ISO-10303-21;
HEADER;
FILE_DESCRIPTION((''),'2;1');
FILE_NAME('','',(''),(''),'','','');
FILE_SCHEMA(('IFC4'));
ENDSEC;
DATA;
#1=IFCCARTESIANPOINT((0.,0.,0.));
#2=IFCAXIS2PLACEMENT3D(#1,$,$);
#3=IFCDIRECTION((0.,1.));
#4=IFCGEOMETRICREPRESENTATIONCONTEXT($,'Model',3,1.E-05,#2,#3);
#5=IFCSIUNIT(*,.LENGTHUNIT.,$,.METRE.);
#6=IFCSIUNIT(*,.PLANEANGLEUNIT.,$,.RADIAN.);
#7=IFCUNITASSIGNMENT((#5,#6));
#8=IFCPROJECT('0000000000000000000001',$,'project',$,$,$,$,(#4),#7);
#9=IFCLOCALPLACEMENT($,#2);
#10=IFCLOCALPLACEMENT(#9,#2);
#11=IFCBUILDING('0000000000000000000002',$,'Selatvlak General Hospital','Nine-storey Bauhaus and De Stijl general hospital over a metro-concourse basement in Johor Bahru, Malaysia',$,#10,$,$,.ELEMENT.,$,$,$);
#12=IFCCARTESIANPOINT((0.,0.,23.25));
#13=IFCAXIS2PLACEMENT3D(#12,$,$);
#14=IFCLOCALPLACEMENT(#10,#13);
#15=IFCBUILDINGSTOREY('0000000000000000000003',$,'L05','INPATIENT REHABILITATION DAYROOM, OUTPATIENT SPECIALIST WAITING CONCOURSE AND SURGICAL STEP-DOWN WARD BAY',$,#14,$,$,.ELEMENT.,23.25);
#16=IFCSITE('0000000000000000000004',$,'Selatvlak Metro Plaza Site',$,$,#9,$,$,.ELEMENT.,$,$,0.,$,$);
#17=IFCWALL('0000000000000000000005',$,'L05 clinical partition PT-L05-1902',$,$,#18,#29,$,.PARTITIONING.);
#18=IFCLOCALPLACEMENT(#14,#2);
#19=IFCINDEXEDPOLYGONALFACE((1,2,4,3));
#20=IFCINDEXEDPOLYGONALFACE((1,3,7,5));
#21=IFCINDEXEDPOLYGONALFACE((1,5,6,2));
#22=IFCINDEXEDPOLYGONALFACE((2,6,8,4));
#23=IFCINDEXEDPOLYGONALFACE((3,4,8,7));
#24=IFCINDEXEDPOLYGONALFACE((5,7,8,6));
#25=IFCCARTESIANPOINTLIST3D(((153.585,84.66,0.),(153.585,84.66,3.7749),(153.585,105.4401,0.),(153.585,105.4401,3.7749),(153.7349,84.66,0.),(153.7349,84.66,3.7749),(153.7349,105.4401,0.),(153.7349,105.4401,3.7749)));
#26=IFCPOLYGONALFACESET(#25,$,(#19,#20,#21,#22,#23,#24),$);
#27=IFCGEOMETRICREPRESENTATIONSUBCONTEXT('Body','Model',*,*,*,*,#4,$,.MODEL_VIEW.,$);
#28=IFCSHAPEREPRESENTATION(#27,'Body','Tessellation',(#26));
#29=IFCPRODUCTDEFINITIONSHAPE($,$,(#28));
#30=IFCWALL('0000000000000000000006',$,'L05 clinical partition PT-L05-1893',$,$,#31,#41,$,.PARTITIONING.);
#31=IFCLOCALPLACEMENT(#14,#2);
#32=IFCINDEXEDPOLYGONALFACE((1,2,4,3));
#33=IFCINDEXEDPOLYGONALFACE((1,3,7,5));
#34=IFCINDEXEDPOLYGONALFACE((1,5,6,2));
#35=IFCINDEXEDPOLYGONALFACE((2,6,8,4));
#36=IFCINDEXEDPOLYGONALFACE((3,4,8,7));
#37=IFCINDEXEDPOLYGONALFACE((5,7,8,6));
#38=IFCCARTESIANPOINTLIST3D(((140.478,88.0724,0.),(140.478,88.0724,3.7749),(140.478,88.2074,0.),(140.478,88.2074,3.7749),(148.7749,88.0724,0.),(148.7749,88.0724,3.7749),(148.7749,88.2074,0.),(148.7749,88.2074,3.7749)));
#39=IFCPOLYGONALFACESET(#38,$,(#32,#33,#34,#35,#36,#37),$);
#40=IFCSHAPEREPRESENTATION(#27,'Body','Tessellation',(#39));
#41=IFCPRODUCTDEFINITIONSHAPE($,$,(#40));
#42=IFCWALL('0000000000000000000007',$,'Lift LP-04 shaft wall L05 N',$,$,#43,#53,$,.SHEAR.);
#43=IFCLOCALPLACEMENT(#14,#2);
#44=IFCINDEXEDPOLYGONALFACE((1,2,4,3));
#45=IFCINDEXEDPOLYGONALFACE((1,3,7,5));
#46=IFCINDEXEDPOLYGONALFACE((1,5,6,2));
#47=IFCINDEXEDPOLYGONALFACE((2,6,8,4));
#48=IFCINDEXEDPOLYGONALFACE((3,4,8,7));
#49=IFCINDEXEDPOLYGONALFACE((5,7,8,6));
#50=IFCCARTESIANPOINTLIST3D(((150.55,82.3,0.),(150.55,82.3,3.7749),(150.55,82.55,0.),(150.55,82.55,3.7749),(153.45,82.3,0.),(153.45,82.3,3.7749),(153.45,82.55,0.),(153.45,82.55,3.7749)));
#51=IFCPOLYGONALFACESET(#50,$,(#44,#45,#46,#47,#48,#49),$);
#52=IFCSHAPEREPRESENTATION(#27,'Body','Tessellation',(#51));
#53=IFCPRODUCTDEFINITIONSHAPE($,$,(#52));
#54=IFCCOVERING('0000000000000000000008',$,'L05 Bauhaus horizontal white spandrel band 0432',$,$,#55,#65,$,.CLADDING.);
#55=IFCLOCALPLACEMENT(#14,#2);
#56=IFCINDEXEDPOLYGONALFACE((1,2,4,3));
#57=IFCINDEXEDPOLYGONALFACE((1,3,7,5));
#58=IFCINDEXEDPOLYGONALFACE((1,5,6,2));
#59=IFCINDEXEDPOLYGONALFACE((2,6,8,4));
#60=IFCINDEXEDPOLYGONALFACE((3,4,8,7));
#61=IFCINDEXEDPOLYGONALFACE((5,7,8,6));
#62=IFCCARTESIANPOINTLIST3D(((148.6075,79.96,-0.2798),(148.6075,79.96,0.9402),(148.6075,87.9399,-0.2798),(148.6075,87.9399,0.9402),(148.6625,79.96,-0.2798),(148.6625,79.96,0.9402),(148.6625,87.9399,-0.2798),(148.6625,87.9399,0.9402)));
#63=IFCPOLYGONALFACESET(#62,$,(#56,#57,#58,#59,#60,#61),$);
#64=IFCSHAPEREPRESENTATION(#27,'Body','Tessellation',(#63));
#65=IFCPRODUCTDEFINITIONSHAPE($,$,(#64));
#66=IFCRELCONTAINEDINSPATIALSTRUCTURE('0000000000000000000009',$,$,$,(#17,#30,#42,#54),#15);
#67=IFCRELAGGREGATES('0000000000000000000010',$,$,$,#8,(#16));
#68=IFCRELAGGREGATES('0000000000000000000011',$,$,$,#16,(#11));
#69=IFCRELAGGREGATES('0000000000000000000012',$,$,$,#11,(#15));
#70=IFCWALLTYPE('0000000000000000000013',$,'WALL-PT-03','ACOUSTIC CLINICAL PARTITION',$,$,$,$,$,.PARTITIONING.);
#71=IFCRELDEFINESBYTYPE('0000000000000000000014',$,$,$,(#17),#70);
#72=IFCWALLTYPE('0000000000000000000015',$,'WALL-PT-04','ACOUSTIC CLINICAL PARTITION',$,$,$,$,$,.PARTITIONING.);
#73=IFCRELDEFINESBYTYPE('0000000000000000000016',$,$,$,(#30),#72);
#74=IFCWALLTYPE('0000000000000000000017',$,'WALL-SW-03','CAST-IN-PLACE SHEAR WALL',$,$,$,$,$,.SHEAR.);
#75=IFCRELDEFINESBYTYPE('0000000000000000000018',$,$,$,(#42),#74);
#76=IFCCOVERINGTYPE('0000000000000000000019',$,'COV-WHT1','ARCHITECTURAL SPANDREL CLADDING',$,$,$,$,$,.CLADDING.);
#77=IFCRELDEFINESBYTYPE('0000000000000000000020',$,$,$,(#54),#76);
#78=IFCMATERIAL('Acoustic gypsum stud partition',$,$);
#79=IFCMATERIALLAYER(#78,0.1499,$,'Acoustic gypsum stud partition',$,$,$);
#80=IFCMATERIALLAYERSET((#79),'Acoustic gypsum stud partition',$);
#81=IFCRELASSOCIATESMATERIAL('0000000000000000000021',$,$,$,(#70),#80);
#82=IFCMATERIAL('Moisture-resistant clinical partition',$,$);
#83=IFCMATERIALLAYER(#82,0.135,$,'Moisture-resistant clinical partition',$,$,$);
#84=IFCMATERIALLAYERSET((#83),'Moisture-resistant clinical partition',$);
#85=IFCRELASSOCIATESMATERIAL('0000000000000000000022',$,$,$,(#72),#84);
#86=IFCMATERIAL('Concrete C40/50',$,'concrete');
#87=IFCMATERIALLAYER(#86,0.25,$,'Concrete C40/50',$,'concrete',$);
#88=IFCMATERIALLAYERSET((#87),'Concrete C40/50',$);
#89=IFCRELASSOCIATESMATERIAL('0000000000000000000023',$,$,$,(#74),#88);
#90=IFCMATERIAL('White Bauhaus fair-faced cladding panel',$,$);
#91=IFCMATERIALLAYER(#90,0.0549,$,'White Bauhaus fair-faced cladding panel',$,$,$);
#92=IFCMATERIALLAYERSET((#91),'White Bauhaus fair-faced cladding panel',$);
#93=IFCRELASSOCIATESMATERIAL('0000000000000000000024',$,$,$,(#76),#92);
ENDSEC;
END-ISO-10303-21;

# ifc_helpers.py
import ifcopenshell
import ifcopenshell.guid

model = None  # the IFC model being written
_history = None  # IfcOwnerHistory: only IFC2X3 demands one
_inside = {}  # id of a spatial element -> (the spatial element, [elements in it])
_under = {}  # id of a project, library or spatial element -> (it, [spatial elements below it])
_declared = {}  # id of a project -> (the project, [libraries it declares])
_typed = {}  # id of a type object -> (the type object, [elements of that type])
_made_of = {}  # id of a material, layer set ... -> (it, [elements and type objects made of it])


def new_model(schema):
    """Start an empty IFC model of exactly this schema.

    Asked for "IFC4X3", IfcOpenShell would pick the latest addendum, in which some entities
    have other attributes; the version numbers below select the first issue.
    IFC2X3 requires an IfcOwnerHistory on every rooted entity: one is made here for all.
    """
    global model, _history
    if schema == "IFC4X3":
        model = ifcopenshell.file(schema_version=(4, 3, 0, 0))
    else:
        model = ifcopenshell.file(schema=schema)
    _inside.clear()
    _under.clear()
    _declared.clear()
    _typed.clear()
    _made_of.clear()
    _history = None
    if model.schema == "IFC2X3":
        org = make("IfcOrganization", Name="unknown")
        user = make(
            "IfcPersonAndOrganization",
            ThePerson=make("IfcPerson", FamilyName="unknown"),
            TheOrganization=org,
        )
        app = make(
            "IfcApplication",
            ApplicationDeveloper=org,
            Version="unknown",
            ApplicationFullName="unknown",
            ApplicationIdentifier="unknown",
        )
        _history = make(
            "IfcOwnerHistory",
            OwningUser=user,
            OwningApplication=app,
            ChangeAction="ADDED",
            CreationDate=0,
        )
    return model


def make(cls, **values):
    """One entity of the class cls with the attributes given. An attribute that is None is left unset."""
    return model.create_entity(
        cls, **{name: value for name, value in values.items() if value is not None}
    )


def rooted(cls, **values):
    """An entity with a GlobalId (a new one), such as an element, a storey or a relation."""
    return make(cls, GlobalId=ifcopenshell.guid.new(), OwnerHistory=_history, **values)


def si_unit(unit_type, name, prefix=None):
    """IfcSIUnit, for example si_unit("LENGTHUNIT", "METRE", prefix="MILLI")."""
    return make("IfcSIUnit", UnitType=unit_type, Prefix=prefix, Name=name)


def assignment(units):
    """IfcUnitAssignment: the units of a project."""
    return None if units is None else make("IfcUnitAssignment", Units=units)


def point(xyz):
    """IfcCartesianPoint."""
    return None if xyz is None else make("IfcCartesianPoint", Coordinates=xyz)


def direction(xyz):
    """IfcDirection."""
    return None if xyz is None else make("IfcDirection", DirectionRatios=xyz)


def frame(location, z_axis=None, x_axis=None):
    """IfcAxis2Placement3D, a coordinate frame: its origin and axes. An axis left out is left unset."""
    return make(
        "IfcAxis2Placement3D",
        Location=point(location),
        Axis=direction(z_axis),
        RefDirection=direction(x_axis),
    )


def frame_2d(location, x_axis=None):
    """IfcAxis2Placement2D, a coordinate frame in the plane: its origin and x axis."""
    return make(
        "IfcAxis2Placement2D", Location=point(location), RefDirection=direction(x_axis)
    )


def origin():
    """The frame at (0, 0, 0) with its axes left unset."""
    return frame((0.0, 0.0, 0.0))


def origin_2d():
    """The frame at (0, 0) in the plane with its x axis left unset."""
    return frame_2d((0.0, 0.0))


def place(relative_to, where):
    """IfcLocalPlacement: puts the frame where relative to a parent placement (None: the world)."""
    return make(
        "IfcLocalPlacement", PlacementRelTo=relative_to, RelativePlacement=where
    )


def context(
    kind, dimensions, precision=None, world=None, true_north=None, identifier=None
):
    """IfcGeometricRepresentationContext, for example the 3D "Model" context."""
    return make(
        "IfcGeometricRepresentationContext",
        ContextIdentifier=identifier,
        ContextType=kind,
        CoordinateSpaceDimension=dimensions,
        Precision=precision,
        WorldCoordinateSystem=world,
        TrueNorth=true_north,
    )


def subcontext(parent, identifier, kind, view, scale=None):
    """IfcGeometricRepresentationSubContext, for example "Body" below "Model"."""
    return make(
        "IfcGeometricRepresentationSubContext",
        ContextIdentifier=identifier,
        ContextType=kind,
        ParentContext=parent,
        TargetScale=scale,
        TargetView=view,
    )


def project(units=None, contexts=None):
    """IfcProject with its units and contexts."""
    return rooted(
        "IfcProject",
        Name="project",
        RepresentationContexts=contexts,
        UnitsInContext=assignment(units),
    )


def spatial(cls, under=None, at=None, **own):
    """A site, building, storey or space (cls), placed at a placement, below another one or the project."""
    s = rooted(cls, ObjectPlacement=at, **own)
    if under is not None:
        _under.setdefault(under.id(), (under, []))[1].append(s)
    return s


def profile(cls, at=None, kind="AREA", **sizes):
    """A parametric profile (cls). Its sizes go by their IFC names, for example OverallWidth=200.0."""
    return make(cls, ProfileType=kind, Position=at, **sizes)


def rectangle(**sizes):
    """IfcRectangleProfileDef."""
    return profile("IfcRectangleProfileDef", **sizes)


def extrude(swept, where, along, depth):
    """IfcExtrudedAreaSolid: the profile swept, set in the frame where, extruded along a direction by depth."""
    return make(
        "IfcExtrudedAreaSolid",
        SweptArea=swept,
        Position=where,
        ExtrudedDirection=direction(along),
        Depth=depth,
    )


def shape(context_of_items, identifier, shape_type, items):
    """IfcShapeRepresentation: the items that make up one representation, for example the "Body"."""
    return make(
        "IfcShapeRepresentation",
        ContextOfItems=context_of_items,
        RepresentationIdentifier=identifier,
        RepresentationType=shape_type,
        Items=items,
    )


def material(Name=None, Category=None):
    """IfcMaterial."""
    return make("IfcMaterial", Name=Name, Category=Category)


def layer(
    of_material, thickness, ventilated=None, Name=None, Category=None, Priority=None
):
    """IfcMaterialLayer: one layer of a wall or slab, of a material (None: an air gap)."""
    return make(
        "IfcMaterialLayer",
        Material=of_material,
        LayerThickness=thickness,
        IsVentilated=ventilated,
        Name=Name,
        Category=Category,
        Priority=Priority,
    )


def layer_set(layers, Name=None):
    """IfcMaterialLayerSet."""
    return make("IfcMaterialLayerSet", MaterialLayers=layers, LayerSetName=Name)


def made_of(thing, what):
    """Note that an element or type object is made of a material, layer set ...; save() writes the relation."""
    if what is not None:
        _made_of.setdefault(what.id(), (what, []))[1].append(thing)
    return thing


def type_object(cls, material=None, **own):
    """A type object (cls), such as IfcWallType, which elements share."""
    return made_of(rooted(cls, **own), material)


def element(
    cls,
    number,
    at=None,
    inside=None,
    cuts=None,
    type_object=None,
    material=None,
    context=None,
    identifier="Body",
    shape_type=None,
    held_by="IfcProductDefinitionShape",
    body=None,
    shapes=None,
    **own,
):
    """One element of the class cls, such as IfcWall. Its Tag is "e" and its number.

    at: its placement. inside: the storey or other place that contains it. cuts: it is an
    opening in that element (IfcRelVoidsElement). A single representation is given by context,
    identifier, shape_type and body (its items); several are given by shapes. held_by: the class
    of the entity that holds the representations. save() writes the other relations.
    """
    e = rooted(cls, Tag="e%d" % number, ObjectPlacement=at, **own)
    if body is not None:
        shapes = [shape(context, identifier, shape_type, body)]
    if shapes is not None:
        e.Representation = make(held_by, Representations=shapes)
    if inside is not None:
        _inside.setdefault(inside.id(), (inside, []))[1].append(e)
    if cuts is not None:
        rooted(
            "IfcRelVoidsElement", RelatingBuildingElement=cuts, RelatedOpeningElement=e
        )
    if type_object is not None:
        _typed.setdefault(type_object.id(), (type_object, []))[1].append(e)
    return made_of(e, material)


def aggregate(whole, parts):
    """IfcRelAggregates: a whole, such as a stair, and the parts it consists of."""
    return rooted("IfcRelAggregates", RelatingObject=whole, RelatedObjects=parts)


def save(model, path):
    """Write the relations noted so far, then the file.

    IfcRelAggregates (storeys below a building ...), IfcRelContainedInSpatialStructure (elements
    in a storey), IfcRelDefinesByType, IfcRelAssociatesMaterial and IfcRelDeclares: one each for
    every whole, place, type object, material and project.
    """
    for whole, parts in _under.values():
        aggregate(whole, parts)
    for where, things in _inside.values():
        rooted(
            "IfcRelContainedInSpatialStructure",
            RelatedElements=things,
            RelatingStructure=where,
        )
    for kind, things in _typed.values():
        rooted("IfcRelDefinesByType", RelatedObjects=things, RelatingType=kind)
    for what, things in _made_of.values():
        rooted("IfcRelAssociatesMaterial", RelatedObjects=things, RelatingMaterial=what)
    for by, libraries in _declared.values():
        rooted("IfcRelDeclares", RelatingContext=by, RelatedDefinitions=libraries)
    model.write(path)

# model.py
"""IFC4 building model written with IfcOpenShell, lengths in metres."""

from ifc_helpers import new_model, si_unit, direction, frame, frame_2d, origin, origin_2d, place, context, subcontext, project, spatial, rectangle, extrude, material, layer, layer_set, type_object, element, save


model = new_model("IFC4")

# Units and contexts
model_context = context("Model", 3, precision=1e-05, world=origin(), true_north=direction((0.0, 1.0)))
body_context = subcontext(model_context, "Body", "Model", "MODEL_VIEW")
ifc_project = project(units=[si_unit("LENGTHUNIT", "METRE"), si_unit("PLANEANGLEUNIT", "RADIAN")], contexts=[model_context])

# Site, building, storey
site_placement = place(None, origin())
site = spatial("IfcSite", under=ifc_project, at=site_placement, Name="Selatvlak Metro Plaza Site", CompositionType="ELEMENT", RefElevation=0.0)
building_placement = place(site_placement, origin())
building = spatial("IfcBuilding", under=site, at=building_placement, Name="Selatvlak General Hospital", Description="Nine-storey Bauhaus and De Stijl general hospital over a metro-concourse basement in Johor Bahru, Malaysia", CompositionType="ELEMENT")
storey_placement = place(building_placement, frame((0.0, 0.0, 23.25)))
storey = spatial("IfcBuildingStorey", under=building, at=storey_placement, Name="L05", Description="INPATIENT REHABILITATION DAYROOM, OUTPATIENT SPECIALIST WAITING CONCOURSE AND SURGICAL STEP-DOWN WARD BAY", CompositionType="ELEMENT", Elevation=23.25)

# Shared definitions
ifc_material_1 = material(Name="Concrete C40/50", Category="concrete")

# Walls
ifc_material_2 = material(Name="Acoustic gypsum stud partition")
ifc_layer_1 = layer(ifc_material_2, 0.1499, Name="Acoustic gypsum stud partition")
ifc_layer_set_1 = layer_set([ifc_layer_1], Name="Acoustic gypsum stud partition")
wall_type_1 = type_object("IfcWallType", Name="WALL-PT-03", Description="ACOUSTIC CLINICAL PARTITION", PredefinedType="PARTITIONING", material=ifc_layer_set_1)
wall_1_placement = place(storey_placement, frame((153.6599, 84.6599, 0.0), z_axis=(0.0, 0.0, 1.0), x_axis=(0.0, 1.0, 0.0)))
element("IfcWall", 1, at=wall_1_placement, inside=storey, type_object=wall_type_1, Name="L05 clinical partition PT-L05-1902", PredefinedType="PARTITIONING", context=body_context, shape_type="SweptSolid", body=[
    extrude(rectangle(XDim=20.78, YDim=0.1499, at=frame_2d((10.3901, 0.0))), origin(), (0.0, 0.0, 1.0), 3.7749),
])
ifc_material_3 = material(Name="Moisture-resistant clinical partition")
ifc_layer_2 = layer(ifc_material_3, 0.135, Name="Moisture-resistant clinical partition")
ifc_layer_set_2 = layer_set([ifc_layer_2], Name="Moisture-resistant clinical partition")
wall_type_2 = type_object("IfcWallType", Name="WALL-PT-04", Description="ACOUSTIC CLINICAL PARTITION", PredefinedType="PARTITIONING", material=ifc_layer_set_2)
wall_2_placement = place(storey_placement, frame((148.7749, 88.1399, 0.0), z_axis=(0.0, 0.0, 1.0), x_axis=(-1.0, 0.0, 0.0)))
element("IfcWall", 2, at=wall_2_placement, inside=storey, type_object=wall_type_2, Name="L05 clinical partition PT-L05-1893", PredefinedType="PARTITIONING", context=body_context, shape_type="SweptSolid", body=[
    extrude(rectangle(XDim=8.2969, YDim=0.135, at=frame_2d((4.1484, 0.0))), origin(), (0.0, 0.0, 1.0), 3.7749),
])
ifc_layer_3 = layer(ifc_material_1, 0.25, Name="Concrete C40/50", Category="concrete")
ifc_layer_set_3 = layer_set([ifc_layer_3], Name="Concrete C40/50")
wall_type_3 = type_object("IfcWallType", Name="WALL-SW-03", Description="CAST-IN-PLACE SHEAR WALL", PredefinedType="SHEAR", material=ifc_layer_set_3)
wall_3_placement = place(storey_placement, frame((153.45, 82.425, 0.0), z_axis=(0.0, 0.0, 1.0), x_axis=(-1.0, 0.0, 0.0)))
element("IfcWall", 3, at=wall_3_placement, inside=storey, type_object=wall_type_3, Name="Lift LP-04 shaft wall L05 N", PredefinedType="SHEAR", context=body_context, shape_type="SweptSolid", body=[
    extrude(rectangle(XDim=2.8999, YDim=0.25, at=frame_2d((1.45, 0.0))), origin(), (0.0, 0.0, 1.0), 3.7749),
])

# Covering
ifc_material_4 = material(Name="White Bauhaus fair-faced cladding panel")
ifc_layer_4 = layer(ifc_material_4, 0.0549, Name="White Bauhaus fair-faced cladding panel")
ifc_layer_set_4 = layer_set([ifc_layer_4], Name="White Bauhaus fair-faced cladding panel")
covering_type = type_object("IfcCoveringType", Name="COV-WHT1", Description="ARCHITECTURAL SPANDREL CLADDING", PredefinedType="CLADDING", material=ifc_layer_set_4)
covering_placement = place(storey_placement, frame((148.635, 83.95, -0.2798), z_axis=(0.0, 0.0, 1.0), x_axis=(0.0, 1.0, 0.0)))
element("IfcCovering", 4, at=covering_placement, inside=storey, type_object=covering_type, Name="L05 Bauhaus horizontal white spandrel band 0432", PredefinedType="CLADDING", context=body_context, shape_type="SweptSolid", body=[
    extrude(rectangle(XDim=7.98, YDim=0.0549, at=origin_2d()), origin(), (0.0, 0.0, 1.0), 1.22),
])

save(model, "model.ifc")
